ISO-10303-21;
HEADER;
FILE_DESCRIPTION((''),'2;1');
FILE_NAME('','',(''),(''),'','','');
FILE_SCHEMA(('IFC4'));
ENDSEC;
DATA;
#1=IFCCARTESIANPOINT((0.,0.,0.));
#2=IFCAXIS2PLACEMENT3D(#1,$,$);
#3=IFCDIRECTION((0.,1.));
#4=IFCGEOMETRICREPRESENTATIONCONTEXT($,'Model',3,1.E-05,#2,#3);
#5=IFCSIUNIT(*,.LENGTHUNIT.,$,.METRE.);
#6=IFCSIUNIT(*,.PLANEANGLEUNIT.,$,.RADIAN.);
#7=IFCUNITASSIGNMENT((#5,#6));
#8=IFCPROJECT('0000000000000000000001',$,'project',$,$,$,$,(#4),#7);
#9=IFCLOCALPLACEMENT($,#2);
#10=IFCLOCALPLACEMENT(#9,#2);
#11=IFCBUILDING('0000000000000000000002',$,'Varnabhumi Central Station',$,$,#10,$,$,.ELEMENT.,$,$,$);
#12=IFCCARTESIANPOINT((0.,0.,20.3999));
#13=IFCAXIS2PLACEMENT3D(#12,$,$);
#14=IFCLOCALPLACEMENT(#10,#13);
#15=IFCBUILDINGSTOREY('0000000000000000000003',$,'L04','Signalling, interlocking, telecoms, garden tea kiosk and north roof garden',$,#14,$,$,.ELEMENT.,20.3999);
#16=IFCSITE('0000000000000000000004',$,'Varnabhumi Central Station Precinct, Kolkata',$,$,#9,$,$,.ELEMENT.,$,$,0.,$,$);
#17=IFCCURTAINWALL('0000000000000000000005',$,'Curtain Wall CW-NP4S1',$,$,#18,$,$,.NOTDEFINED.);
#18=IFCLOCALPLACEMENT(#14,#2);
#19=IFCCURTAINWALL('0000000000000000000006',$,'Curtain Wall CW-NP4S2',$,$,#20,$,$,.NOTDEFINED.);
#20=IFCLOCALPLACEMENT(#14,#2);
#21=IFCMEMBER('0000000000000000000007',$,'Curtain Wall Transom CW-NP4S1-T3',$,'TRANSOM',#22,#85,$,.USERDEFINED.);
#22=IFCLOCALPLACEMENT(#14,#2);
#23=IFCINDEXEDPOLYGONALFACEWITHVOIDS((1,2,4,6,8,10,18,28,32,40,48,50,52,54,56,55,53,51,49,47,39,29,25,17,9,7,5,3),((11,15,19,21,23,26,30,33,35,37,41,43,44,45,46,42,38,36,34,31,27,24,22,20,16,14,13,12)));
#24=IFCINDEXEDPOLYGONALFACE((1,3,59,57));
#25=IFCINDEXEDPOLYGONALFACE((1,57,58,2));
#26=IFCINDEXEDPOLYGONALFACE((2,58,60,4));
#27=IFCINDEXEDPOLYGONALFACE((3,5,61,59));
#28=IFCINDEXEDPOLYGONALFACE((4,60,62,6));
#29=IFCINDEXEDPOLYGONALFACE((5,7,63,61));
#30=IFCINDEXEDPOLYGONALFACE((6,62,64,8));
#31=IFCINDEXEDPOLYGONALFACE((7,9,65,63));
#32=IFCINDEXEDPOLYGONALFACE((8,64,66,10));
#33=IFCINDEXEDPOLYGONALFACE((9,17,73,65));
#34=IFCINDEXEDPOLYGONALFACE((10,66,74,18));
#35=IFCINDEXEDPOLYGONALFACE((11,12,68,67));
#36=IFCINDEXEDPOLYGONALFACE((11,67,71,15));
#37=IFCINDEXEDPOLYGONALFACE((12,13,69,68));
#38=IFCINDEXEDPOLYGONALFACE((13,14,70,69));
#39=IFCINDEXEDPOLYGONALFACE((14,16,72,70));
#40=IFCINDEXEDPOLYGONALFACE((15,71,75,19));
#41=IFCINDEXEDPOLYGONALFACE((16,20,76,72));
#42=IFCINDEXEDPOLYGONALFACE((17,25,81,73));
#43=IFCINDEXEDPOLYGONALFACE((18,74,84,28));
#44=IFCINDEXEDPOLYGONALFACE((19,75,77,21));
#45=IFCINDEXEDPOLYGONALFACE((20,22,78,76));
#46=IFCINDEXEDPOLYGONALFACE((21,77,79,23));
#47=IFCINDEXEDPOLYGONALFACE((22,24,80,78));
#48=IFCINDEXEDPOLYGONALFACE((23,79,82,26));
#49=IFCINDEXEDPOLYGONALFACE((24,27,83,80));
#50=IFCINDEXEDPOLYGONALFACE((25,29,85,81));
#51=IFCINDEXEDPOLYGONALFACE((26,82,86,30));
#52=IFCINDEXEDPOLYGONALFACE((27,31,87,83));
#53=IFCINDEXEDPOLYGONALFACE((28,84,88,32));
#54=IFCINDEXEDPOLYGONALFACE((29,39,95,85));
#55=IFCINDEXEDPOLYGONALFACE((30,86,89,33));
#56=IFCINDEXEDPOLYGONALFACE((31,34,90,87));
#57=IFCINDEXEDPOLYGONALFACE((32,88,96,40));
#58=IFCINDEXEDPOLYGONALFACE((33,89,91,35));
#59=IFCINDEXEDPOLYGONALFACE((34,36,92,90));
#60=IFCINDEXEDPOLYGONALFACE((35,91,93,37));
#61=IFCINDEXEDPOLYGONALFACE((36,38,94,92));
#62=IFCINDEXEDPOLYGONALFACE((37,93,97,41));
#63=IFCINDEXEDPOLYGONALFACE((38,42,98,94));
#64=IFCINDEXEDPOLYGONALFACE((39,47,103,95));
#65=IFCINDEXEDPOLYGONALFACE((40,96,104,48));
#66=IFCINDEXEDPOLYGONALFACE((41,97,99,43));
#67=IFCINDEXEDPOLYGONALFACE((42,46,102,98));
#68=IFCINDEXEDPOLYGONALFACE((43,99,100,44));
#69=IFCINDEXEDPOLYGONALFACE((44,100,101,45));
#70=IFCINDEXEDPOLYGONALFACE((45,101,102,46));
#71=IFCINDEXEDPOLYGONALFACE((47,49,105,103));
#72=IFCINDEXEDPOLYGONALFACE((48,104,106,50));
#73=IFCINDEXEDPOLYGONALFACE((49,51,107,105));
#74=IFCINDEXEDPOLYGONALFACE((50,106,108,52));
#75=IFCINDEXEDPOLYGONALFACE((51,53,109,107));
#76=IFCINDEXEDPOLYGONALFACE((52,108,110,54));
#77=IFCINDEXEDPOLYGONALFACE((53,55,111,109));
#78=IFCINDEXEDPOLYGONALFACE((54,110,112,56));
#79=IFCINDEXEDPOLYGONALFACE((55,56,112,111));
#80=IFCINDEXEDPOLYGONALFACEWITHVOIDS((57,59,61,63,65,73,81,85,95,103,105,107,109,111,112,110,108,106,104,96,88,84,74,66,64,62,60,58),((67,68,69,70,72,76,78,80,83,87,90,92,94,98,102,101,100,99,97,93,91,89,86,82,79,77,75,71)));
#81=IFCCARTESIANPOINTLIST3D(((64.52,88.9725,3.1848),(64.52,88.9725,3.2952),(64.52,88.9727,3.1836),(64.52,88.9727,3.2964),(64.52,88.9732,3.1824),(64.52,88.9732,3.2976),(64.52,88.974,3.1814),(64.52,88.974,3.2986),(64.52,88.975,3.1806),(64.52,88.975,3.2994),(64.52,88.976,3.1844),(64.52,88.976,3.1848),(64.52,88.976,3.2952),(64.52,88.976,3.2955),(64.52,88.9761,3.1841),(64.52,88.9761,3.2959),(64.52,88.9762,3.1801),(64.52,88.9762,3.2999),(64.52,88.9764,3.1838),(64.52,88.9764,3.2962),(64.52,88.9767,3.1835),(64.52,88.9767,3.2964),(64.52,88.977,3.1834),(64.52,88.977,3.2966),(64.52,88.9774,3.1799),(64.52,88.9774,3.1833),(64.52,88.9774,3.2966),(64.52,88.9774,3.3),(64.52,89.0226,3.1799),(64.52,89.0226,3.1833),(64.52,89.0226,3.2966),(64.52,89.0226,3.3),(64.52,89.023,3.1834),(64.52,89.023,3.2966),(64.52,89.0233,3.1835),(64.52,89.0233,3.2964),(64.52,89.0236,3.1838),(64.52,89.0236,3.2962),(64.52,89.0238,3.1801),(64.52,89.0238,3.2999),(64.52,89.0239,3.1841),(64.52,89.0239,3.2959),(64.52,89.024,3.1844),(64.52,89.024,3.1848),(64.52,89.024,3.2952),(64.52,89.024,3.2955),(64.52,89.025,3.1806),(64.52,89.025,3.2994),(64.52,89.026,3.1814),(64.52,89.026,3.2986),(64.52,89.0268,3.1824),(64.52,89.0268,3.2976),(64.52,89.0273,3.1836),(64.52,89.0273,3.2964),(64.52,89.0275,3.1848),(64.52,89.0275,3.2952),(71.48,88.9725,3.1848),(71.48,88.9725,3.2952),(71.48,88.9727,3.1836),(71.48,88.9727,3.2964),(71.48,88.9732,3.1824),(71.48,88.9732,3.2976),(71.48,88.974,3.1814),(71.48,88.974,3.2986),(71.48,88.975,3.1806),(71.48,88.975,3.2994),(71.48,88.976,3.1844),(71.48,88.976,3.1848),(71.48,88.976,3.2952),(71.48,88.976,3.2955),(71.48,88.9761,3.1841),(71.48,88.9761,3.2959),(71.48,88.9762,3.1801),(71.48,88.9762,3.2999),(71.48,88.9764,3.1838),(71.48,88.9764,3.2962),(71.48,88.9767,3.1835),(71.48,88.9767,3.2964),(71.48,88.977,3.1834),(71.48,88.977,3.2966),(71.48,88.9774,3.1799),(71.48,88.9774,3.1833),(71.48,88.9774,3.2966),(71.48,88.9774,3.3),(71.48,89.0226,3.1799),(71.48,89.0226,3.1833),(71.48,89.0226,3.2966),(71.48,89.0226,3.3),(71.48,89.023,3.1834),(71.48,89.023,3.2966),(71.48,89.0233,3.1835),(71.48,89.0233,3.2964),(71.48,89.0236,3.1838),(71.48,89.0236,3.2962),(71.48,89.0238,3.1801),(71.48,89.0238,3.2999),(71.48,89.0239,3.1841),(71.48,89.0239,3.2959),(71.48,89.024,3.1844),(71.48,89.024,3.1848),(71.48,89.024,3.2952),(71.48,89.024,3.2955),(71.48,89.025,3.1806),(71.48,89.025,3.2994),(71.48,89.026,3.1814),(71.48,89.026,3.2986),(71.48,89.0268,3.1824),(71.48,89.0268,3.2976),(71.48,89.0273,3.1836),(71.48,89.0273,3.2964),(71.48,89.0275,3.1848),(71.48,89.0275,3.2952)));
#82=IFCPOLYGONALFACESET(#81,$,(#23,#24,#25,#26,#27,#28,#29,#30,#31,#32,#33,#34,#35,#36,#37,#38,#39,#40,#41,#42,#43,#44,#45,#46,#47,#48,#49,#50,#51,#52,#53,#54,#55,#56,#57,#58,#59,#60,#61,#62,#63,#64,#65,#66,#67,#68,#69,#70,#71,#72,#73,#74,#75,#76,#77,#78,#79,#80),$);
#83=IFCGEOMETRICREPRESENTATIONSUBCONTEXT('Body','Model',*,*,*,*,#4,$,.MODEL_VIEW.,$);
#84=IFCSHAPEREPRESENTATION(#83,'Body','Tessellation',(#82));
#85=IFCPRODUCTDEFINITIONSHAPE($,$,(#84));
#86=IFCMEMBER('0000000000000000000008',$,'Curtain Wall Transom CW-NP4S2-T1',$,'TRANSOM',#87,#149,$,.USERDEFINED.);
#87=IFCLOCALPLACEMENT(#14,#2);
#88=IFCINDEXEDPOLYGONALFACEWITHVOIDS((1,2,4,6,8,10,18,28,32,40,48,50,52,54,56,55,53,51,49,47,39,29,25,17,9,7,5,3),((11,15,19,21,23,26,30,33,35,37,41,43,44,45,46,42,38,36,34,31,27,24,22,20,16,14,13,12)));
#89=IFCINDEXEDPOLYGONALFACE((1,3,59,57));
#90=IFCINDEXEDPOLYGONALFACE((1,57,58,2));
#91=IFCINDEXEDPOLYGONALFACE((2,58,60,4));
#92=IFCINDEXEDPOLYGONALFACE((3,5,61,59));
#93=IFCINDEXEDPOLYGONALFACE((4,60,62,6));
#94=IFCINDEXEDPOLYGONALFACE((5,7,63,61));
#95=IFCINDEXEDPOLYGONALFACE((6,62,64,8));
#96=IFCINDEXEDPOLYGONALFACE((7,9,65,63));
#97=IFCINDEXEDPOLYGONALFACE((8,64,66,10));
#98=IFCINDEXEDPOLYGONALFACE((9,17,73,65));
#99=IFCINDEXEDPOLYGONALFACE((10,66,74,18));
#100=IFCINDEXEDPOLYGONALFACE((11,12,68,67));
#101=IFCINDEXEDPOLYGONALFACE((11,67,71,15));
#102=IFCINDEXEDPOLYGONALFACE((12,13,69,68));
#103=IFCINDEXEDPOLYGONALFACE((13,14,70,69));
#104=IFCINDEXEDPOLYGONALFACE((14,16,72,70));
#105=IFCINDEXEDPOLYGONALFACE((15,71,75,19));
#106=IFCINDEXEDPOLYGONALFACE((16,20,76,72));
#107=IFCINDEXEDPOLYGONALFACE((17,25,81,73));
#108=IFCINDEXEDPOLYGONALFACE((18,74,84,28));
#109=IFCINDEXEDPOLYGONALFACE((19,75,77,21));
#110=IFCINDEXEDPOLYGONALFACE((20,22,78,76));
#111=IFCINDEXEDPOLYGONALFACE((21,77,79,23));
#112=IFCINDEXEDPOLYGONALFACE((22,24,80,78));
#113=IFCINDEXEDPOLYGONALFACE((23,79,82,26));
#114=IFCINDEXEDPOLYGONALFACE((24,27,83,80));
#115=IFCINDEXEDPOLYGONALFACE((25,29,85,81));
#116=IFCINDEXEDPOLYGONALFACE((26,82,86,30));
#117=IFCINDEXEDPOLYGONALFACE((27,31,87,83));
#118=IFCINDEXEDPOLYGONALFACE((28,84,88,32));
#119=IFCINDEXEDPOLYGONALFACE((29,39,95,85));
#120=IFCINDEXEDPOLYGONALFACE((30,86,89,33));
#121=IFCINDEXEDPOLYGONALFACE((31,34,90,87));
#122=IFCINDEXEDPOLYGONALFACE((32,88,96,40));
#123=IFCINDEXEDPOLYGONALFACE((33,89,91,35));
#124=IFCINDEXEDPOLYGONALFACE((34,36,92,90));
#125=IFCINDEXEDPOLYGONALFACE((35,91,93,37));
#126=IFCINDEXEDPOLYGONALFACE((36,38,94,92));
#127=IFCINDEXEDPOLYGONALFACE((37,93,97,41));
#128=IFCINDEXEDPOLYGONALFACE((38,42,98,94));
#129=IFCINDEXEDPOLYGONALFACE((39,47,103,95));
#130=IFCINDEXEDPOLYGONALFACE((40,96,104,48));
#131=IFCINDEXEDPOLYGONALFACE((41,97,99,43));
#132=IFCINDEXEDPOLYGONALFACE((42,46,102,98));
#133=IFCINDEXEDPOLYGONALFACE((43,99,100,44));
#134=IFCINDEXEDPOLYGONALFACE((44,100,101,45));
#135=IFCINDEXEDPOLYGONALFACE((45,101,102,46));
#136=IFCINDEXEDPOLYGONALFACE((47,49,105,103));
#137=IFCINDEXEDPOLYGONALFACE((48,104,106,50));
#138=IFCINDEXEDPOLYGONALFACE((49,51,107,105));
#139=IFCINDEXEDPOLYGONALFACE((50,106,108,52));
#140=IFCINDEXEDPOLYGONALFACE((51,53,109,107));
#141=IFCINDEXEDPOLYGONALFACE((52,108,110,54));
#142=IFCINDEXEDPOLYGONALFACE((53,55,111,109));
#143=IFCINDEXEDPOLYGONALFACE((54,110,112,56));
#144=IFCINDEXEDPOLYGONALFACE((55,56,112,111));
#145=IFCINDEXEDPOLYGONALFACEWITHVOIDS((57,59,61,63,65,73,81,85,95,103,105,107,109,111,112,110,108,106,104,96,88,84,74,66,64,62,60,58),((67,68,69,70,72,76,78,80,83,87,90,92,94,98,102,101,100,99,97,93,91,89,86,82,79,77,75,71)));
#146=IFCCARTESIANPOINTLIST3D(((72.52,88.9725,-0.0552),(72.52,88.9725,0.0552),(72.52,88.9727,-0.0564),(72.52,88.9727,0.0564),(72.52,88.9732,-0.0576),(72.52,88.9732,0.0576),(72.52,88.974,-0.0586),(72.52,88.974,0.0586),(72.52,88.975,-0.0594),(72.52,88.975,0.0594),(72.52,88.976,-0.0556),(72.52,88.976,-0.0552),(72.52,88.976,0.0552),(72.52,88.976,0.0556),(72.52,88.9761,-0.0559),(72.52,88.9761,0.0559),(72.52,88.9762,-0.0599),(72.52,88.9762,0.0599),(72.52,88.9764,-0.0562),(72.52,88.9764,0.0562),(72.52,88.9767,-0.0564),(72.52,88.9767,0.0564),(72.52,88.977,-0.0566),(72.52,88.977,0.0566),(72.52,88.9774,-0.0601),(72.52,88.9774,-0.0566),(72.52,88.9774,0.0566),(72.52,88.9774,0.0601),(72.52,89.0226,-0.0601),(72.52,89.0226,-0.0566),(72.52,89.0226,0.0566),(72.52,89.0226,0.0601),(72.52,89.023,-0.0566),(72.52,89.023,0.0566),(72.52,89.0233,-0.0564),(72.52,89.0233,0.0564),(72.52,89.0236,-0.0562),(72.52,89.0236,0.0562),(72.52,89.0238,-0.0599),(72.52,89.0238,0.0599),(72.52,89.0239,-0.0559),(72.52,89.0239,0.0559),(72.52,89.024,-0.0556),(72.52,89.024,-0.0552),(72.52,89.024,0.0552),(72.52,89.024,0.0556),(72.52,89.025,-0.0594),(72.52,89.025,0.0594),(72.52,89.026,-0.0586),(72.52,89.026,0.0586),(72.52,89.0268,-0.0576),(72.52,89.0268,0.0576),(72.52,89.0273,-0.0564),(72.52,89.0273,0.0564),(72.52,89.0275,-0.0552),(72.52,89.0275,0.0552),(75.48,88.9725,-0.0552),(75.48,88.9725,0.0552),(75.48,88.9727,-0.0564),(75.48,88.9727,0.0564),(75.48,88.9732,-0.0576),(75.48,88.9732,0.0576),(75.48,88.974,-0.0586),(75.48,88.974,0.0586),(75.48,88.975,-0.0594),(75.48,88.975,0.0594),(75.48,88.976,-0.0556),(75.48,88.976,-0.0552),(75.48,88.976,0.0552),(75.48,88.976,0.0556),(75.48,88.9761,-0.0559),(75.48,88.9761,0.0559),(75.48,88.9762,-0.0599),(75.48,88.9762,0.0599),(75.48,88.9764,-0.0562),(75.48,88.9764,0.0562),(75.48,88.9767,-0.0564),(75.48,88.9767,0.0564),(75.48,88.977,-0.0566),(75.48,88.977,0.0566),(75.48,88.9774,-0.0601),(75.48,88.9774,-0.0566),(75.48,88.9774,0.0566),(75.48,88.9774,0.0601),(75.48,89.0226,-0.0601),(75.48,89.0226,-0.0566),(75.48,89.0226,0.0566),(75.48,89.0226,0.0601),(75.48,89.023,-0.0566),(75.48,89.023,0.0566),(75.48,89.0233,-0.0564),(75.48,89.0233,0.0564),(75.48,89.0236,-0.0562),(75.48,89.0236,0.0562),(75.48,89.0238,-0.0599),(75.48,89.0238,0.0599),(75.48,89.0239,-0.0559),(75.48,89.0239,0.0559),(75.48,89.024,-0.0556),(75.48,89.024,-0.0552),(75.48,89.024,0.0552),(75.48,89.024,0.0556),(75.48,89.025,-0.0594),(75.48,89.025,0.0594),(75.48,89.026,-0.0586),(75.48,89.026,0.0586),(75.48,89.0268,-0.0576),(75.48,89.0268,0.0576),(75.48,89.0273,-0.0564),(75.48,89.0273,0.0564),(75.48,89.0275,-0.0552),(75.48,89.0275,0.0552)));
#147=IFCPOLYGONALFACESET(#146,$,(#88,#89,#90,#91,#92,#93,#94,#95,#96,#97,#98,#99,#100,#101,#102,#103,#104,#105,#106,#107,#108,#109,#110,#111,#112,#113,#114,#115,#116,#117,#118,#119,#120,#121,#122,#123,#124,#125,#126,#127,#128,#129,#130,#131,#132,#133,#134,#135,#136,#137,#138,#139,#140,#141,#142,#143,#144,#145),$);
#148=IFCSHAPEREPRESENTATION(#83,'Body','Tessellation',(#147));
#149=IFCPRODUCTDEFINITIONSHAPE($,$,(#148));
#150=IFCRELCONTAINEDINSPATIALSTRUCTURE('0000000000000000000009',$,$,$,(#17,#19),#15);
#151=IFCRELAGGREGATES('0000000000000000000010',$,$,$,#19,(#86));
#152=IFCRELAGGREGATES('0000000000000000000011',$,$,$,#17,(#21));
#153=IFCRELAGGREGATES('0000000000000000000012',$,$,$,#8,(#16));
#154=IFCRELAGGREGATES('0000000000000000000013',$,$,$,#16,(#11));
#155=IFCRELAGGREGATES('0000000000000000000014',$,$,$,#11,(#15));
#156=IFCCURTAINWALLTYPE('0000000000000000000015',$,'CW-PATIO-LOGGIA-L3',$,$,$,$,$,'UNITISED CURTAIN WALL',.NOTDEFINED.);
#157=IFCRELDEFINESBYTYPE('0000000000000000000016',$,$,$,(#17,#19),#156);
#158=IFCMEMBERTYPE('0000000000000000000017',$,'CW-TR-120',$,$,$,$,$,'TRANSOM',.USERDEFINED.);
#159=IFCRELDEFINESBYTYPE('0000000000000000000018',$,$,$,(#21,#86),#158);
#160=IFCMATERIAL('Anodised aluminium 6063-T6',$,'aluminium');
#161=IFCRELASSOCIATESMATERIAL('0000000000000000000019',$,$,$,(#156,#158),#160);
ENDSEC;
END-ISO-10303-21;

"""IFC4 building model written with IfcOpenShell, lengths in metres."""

from ifc_helpers import new_model, si_unit, direction, frame, origin, origin_2d, place, context, subcontext, project, spatial, hollow_rectangle, extrude, material, material_profile, profile_set, type_object, element, aggregate, save


model = new_model("IFC4")

# Units and contexts
model_context = context("Model", 3, precision=1e-05, world=origin(), true_north=direction((0.0, 1.0)))
body_context = subcontext(model_context, "Body", "Model", "MODEL_VIEW")
ifc_project = project(units=[si_unit("LENGTHUNIT", "METRE"), si_unit("PLANEANGLEUNIT", "RADIAN")], contexts=[model_context])

# Site, building, storey
site_placement = place(None, origin())
site = spatial("IfcSite", under=ifc_project, at=site_placement, Name="Varnabhumi Central Station Precinct, Kolkata", CompositionType="ELEMENT", RefElevation=0.0)
building_placement = place(site_placement, origin())
building = spatial("IfcBuilding", under=site, at=building_placement, Name="Varnabhumi Central Station", CompositionType="ELEMENT")
storey_placement = place(building_placement, frame((0.0, 0.0, 20.3999)))
storey = spatial("IfcBuildingStorey", under=building, at=storey_placement, Name="L04", Description="Signalling, interlocking, telecoms, garden tea kiosk and north roof garden", CompositionType="ELEMENT", Elevation=20.3999)

# Curtain wall
ifc_material_1 = material(Name="Anodised aluminium 6063-T6", Category="aluminium")
curtain_wall_type = type_object("IfcCurtainWallType", Name="CW-PATIO-LOGGIA-L3", ElementType="UNITISED CURTAIN WALL", PredefinedType="NOTDEFINED", material=ifc_material_1)
curtain_wall_1_placement = place(storey_placement, origin())
curtain_wall_1 = element("IfcCurtainWall", 1, at=curtain_wall_1_placement, inside=storey, type_object=curtain_wall_type, Name="Curtain Wall CW-NP4S1", PredefinedType="NOTDEFINED")

# Curtain wall
curtain_wall_2_placement = place(storey_placement, origin())
curtain_wall_2 = element("IfcCurtainWall", 2, at=curtain_wall_2_placement, inside=storey, type_object=curtain_wall_type, Name="Curtain Wall CW-NP4S2", PredefinedType="NOTDEFINED")

# Members
ifc_material_profile_1 = material_profile(ifc_material_1, hollow_rectangle(XDim=0.0549, YDim=0.1201, WallThickness=0.0034, InnerFilletRadius=0.0015, OuterFilletRadius=0.0049, at=origin_2d()), Name="Anodised aluminium 6063-T6", Category="aluminium")
ifc_profile_set_1 = profile_set([ifc_material_profile_1], Name="Anodised aluminium 6063-T6")
member_type_1 = type_object("IfcMemberType", Name="CW-TR-120", ElementType="TRANSOM", PredefinedType="USERDEFINED", material=ifc_profile_set_1)
member_1_placement = place(storey_placement, frame((64.52, 89.0, 3.24), z_axis=(1.0, 0.0, 0.0), x_axis=(0.0, 1.0, 0.0)))
member_1 = element("IfcMember", 3, at=member_1_placement, type_object=member_type_1, Name="Curtain Wall Transom CW-NP4S1-T3", ObjectType="TRANSOM", PredefinedType="USERDEFINED", context=body_context, shape_type="SweptSolid", body=[
    extrude(hollow_rectangle(XDim=0.0549, YDim=0.1201, WallThickness=0.0034, InnerFilletRadius=0.0015, OuterFilletRadius=0.0049, at=origin_2d()), origin(), (0.0, 0.0, 1.0), 6.96),
])
member_2_placement = place(storey_placement, frame((72.52, 89.0, 0.0), z_axis=(1.0, 0.0, 0.0), x_axis=(0.0, 1.0, 0.0)))
member_2 = element("IfcMember", 4, at=member_2_placement, type_object=member_type_1, Name="Curtain Wall Transom CW-NP4S2-T1", ObjectType="TRANSOM", PredefinedType="USERDEFINED", context=body_context, shape_type="SweptSolid", body=[
    extrude(hollow_rectangle(XDim=0.0549, YDim=0.1201, WallThickness=0.0034, InnerFilletRadius=0.0015, OuterFilletRadius=0.0049, at=origin_2d()), origin(), (0.0, 0.0, 1.0), 2.96),
])
aggregate(curtain_wall_2, [member_2])

aggregate(curtain_wall_1, [member_1])

save(model, "model.ifc")
